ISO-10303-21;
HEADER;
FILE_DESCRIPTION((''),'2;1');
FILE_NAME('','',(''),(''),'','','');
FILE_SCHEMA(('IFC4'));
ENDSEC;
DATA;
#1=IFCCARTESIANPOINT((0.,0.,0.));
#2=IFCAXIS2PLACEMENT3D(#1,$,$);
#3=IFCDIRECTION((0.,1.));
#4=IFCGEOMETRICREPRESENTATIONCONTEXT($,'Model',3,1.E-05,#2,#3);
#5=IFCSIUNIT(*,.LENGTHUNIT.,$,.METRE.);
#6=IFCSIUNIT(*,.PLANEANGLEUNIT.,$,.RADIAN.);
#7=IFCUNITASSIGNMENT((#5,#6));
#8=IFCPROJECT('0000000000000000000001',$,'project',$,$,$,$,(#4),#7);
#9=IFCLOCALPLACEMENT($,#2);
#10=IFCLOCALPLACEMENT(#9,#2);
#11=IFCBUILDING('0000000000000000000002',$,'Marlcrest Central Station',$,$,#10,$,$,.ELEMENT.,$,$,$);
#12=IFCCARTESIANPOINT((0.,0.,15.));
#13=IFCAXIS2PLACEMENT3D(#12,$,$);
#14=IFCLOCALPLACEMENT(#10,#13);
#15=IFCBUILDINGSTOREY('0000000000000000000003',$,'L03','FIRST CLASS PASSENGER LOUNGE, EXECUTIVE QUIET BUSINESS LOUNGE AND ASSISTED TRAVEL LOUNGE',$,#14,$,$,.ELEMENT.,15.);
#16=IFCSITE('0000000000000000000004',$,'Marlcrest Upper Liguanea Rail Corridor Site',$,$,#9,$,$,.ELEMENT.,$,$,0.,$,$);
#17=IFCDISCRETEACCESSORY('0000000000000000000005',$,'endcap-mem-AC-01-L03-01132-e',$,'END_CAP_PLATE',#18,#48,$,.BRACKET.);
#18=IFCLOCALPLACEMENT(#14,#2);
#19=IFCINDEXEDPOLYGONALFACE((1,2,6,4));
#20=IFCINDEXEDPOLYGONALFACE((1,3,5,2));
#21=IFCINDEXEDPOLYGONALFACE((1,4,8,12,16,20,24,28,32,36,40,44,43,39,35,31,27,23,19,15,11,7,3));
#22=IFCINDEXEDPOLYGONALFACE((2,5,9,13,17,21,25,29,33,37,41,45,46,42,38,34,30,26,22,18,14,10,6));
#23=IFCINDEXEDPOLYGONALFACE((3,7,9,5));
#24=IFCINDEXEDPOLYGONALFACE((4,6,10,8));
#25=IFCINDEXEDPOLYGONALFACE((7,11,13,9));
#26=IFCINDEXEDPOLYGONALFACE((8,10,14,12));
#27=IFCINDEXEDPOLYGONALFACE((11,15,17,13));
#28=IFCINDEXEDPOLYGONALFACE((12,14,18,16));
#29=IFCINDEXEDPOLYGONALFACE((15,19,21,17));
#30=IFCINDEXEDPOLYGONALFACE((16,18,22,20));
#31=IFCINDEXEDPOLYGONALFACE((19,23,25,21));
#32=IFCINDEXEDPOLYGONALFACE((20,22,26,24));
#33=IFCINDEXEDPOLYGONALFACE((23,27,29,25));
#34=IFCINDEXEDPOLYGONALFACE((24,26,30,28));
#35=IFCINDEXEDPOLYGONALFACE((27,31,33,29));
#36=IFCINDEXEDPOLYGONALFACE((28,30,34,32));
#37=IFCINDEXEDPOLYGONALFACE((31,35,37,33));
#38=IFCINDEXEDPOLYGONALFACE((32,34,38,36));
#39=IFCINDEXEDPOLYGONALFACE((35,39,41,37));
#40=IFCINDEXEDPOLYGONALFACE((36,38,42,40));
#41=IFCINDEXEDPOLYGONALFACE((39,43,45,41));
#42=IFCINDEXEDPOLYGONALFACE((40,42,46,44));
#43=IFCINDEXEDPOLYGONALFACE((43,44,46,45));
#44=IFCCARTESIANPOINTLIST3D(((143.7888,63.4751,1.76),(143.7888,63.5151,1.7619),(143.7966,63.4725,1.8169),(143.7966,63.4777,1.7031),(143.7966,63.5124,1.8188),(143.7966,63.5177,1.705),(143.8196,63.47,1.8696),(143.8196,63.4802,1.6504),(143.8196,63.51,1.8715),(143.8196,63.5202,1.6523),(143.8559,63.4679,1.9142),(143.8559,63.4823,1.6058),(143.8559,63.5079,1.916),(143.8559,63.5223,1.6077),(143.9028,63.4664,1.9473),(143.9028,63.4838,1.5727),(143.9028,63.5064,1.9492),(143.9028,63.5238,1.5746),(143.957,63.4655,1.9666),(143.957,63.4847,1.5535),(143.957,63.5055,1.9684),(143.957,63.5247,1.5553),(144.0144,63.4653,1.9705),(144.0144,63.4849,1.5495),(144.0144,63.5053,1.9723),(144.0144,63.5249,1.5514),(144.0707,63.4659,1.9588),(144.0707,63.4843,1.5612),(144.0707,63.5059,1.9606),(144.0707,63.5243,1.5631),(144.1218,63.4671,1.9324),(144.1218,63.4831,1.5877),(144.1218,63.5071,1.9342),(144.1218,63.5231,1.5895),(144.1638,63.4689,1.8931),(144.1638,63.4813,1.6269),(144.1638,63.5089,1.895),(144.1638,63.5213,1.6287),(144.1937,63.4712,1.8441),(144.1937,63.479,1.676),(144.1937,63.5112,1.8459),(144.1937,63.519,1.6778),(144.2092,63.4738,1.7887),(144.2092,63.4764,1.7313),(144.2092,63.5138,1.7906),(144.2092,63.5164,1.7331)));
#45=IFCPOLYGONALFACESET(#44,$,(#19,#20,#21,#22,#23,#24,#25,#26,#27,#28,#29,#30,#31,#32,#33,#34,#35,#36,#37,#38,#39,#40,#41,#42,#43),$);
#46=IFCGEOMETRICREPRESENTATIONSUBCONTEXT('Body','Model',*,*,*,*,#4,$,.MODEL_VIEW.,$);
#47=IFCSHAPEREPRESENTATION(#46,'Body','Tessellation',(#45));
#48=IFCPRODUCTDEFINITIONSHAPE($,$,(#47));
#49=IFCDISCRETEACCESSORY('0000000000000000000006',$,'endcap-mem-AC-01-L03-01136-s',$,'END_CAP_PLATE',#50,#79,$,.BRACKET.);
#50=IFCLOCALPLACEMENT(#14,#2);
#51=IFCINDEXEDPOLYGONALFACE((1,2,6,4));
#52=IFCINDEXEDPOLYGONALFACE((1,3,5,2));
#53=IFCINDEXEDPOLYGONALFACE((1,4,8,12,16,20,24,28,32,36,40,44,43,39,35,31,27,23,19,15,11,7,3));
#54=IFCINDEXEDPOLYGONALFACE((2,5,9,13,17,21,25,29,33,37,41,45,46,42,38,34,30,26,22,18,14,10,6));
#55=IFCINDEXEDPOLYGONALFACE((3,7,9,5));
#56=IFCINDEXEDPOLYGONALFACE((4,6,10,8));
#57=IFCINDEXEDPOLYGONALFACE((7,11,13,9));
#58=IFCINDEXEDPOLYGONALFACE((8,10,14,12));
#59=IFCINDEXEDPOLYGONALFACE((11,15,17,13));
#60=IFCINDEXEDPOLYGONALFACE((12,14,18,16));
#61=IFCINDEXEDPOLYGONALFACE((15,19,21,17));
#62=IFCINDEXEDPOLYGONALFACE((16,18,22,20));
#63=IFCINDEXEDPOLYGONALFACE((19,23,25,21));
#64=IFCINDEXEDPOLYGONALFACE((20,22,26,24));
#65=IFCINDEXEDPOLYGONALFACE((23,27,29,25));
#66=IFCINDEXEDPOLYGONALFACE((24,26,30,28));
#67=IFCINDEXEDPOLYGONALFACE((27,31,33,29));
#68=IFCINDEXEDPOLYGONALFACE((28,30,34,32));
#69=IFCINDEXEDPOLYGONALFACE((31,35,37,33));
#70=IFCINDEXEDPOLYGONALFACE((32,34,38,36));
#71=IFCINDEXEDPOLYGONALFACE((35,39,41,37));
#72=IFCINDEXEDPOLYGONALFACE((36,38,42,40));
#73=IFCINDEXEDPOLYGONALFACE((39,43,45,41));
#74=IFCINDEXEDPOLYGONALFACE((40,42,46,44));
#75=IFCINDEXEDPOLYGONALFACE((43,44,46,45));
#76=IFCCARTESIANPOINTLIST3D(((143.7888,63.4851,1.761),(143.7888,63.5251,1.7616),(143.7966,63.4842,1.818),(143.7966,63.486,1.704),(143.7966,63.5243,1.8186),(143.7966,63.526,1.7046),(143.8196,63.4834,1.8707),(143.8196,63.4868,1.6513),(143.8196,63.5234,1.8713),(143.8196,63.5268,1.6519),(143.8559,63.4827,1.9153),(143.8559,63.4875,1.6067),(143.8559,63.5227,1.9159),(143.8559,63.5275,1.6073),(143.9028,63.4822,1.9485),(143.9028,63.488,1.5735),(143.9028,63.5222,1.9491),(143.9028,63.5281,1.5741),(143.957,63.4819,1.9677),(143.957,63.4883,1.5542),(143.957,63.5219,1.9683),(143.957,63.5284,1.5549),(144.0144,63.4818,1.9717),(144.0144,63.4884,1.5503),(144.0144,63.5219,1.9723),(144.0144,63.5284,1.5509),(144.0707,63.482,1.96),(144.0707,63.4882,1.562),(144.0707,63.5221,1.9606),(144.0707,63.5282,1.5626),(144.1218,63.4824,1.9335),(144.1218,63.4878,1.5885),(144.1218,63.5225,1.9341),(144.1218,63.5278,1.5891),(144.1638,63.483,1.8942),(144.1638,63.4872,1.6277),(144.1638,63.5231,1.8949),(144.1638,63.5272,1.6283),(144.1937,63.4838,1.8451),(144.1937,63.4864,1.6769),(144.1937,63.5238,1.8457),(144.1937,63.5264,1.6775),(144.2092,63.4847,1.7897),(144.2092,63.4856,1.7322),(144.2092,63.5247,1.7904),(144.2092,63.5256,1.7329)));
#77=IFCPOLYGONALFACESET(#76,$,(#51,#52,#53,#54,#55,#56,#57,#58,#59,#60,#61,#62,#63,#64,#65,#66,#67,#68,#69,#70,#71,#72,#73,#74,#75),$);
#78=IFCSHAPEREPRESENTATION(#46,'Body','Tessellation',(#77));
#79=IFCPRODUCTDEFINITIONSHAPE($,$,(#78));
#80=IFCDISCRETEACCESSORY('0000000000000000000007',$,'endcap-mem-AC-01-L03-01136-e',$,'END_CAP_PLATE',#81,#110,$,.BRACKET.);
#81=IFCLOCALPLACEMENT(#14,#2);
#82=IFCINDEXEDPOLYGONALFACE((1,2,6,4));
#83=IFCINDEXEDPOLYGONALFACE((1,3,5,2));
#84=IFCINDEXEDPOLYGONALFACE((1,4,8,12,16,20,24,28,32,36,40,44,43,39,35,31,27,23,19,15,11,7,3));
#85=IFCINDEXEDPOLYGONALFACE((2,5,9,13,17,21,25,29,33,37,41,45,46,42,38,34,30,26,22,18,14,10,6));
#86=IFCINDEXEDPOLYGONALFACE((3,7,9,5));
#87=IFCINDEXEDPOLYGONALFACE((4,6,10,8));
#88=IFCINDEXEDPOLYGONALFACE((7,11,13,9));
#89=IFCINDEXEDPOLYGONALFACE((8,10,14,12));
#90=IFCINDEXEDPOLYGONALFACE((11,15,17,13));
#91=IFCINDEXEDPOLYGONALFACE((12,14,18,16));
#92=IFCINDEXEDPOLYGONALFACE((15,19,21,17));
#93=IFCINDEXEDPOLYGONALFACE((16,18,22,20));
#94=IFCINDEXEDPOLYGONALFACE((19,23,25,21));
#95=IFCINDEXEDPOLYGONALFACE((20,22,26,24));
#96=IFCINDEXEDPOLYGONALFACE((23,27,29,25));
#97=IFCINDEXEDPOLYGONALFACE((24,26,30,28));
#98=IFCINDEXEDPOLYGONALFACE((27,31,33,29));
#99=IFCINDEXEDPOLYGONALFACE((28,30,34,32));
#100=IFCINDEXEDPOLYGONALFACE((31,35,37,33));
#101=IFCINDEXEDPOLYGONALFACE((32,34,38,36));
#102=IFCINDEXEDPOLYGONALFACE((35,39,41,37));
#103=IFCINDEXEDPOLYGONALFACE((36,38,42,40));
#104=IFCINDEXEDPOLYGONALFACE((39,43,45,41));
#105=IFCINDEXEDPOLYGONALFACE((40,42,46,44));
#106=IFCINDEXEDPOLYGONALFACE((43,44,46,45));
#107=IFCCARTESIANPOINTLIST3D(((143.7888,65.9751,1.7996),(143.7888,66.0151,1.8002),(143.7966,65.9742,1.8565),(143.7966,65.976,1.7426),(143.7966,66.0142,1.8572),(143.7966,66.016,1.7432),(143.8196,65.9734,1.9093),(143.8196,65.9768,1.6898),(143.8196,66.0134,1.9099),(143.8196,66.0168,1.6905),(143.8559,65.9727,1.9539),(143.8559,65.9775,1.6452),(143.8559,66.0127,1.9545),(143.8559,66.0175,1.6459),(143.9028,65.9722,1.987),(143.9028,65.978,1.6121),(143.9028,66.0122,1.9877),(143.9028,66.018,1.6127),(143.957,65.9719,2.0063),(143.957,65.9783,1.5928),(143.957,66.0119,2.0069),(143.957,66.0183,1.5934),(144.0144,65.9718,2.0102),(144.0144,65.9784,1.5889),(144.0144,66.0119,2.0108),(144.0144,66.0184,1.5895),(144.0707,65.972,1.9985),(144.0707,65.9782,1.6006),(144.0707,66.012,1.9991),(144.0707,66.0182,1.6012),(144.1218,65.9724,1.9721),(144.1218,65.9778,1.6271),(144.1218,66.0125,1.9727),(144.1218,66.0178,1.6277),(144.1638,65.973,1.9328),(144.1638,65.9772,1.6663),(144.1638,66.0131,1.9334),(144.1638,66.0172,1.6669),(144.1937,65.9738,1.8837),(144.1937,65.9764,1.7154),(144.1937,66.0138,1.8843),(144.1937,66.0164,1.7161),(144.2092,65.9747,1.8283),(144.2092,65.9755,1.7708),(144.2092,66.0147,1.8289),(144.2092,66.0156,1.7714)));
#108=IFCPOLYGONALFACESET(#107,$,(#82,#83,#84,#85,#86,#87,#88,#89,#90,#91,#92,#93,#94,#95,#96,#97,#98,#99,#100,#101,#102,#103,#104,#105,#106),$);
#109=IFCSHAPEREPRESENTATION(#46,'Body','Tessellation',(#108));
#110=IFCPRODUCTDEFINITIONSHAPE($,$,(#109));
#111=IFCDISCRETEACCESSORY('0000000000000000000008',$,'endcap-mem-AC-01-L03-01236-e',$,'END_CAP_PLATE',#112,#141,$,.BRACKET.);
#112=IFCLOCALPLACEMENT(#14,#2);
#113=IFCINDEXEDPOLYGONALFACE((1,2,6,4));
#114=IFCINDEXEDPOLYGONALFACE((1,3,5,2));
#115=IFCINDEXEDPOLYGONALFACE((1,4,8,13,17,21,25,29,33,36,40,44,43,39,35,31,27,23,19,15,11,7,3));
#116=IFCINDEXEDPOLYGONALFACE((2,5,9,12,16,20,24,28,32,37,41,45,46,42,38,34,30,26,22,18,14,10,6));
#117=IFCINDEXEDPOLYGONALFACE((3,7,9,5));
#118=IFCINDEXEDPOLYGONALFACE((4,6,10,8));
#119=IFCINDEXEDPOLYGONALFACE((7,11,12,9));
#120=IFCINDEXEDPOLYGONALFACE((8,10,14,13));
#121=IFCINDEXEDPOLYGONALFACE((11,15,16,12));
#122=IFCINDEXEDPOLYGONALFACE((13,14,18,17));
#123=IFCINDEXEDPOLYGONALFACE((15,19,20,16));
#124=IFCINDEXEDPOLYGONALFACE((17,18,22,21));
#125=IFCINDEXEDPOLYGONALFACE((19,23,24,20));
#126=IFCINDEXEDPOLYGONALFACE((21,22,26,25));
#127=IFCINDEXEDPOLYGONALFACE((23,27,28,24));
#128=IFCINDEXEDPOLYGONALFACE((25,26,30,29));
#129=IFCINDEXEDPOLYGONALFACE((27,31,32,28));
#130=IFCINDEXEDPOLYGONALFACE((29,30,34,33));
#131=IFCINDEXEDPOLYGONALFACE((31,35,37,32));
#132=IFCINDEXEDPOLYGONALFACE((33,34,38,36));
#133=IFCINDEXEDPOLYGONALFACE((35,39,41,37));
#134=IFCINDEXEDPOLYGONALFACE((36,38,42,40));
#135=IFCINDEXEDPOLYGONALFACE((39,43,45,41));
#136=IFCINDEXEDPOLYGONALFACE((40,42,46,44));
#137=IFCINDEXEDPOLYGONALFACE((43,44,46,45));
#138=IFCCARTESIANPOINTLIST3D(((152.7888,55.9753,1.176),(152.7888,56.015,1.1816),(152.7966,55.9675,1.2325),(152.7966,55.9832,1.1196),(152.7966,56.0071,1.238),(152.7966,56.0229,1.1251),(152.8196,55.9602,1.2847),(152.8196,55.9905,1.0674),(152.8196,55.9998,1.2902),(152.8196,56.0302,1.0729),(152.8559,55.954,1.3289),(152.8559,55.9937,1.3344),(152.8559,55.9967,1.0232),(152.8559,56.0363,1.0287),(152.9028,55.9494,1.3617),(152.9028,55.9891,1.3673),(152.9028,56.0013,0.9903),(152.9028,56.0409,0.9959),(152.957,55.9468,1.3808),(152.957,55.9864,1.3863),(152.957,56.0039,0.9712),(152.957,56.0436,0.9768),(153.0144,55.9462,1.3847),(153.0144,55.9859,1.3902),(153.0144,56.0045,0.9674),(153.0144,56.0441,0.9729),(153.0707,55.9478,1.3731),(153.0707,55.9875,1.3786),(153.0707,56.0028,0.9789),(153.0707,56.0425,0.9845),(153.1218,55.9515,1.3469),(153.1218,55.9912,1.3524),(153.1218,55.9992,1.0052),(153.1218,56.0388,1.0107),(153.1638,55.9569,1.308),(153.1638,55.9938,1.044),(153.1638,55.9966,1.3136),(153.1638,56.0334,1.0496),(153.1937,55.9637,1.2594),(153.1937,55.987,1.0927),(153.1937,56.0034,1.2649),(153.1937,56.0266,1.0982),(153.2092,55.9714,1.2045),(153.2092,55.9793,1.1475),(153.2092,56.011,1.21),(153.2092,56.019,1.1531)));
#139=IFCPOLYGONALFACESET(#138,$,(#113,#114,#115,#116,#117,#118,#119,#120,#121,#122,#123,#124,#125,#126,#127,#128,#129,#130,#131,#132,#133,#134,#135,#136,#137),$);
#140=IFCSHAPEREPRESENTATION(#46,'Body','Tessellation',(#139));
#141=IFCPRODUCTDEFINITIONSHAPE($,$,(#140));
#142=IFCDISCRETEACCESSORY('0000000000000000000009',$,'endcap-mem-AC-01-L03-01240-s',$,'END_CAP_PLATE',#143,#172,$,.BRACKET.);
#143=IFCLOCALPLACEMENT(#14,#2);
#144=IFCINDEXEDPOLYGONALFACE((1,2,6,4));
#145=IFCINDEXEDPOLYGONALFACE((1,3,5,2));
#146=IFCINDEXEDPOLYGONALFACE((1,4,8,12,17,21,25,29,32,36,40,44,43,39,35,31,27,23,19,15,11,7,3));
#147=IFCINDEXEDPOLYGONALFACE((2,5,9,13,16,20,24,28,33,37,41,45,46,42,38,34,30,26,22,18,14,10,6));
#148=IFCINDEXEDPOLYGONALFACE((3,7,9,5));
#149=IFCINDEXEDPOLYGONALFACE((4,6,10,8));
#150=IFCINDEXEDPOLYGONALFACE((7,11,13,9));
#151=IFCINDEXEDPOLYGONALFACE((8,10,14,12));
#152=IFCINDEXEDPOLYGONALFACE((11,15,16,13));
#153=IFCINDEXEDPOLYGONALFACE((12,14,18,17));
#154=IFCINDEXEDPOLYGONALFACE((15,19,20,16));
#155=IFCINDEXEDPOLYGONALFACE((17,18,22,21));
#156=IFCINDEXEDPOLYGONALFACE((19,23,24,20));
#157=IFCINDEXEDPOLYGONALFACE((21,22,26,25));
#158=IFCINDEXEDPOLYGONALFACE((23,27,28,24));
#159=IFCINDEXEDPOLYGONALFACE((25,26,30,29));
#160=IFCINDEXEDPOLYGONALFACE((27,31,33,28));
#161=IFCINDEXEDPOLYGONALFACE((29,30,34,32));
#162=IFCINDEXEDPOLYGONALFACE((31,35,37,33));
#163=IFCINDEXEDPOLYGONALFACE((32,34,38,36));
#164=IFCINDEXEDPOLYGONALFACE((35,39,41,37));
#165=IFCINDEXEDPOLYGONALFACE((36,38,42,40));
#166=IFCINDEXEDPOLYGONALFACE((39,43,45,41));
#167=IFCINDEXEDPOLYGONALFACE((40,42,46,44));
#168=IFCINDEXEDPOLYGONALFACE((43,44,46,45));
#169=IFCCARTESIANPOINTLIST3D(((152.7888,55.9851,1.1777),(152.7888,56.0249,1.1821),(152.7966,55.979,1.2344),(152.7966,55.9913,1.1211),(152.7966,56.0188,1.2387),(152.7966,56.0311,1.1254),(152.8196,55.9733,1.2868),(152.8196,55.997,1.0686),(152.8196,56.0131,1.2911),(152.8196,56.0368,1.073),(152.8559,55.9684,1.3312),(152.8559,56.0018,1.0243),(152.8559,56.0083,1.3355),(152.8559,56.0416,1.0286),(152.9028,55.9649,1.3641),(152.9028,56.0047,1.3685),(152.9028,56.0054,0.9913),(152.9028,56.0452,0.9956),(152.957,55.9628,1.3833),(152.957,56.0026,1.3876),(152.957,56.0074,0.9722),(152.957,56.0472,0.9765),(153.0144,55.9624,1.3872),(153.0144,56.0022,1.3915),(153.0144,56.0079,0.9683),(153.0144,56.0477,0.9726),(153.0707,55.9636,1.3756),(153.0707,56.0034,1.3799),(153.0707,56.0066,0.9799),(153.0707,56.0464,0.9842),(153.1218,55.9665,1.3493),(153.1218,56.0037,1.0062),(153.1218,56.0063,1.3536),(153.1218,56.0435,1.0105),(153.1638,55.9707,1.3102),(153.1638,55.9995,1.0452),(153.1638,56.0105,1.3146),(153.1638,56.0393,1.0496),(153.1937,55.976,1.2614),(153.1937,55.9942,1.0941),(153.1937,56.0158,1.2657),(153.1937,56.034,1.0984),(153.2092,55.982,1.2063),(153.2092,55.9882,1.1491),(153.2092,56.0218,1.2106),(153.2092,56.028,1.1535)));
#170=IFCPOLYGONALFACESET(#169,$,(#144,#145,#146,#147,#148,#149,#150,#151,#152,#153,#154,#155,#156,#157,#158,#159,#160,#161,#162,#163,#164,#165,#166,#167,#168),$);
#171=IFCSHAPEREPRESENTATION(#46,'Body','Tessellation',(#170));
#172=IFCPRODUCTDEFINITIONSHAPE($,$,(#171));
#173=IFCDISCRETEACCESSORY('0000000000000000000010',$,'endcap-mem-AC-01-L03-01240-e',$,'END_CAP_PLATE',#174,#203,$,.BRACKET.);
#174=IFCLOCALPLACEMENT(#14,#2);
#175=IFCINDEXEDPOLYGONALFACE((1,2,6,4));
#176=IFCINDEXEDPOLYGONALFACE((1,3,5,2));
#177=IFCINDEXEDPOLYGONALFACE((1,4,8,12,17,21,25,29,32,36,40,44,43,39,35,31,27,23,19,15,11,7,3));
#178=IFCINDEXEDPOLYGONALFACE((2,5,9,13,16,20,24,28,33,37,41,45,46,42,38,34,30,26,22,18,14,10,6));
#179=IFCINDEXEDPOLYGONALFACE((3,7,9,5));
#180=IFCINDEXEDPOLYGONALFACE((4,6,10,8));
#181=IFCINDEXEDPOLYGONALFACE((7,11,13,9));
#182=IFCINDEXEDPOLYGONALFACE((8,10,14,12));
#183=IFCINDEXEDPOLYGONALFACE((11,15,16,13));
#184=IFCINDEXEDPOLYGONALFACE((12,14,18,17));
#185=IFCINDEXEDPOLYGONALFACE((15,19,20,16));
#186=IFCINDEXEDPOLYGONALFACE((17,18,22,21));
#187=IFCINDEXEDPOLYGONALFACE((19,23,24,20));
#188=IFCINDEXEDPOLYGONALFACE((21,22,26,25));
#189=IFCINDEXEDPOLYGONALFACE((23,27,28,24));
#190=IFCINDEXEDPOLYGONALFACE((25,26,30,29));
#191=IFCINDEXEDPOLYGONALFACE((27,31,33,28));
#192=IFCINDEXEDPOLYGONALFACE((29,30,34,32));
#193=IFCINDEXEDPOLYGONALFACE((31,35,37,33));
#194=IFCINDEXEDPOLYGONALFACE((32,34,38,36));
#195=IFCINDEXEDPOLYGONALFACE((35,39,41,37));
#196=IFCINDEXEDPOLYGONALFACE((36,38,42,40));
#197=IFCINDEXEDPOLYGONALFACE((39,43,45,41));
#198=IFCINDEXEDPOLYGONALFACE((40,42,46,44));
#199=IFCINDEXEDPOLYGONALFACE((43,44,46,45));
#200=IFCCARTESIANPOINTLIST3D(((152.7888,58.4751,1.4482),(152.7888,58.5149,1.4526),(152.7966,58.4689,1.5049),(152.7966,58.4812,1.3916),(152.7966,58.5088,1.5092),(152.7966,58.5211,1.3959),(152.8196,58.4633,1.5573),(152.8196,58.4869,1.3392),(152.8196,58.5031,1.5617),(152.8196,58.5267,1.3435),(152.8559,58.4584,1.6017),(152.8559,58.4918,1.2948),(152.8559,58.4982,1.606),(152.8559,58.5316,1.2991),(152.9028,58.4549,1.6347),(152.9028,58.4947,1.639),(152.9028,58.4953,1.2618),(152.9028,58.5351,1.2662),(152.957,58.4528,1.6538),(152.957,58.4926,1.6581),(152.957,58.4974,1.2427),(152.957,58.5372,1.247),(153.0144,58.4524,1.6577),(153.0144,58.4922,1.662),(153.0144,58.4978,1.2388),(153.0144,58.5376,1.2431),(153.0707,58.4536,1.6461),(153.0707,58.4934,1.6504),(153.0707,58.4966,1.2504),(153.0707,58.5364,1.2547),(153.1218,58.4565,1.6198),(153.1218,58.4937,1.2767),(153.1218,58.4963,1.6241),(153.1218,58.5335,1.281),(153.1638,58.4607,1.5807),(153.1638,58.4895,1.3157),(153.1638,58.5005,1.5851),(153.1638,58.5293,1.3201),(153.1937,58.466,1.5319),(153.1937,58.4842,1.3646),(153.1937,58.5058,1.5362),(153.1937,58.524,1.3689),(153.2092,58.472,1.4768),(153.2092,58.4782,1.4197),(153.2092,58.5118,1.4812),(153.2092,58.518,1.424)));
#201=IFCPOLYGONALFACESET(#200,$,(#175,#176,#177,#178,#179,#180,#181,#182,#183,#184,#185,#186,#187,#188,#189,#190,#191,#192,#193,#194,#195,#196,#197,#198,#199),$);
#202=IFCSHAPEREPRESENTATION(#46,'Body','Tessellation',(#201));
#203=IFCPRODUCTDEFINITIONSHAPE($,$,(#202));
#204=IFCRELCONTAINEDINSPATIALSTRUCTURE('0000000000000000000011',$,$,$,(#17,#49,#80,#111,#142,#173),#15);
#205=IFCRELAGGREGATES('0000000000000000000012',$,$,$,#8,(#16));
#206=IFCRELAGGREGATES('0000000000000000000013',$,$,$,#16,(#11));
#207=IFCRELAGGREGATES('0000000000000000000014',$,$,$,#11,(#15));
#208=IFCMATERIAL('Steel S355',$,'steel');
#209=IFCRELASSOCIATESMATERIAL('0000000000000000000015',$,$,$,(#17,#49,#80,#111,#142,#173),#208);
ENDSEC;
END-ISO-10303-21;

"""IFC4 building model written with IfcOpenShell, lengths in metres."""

from ifc_helpers import new_model, si_unit, direction, frame, origin, origin_2d, place, context, subcontext, project, spatial, circle, extrude, material, element, save


model = new_model("IFC4")

# Units and contexts
model_context = context("Model", 3, precision=1e-05, world=origin(), true_north=direction((0.0, 1.0)))
body_context = subcontext(model_context, "Body", "Model", "MODEL_VIEW")
ifc_project = project(units=[si_unit("LENGTHUNIT", "METRE"), si_unit("PLANEANGLEUNIT", "RADIAN")], contexts=[model_context])

# Site, building, storey
site_placement = place(None, origin())
site = spatial("IfcSite", under=ifc_project, at=site_placement, Name="Marlcrest Upper Liguanea Rail Corridor Site", CompositionType="ELEMENT", RefElevation=0.0)
building_placement = place(site_placement, origin())
building = spatial("IfcBuilding", under=site, at=building_placement, Name="Marlcrest Central Station", CompositionType="ELEMENT")
storey_placement = place(building_placement, frame((0.0, 0.0, 15.0)))
storey = spatial("IfcBuildingStorey", under=building, at=storey_placement, Name="L03", Description="FIRST CLASS PASSENGER LOUNGE, EXECUTIVE QUIET BUSINESS LOUNGE AND ASSISTED TRAVEL LOUNGE", CompositionType="ELEMENT", Elevation=15.0)

# Shared definitions
ifc_material_1 = material(Name="Steel S355", Category="steel")

# Discrete accessories
for number, where, z_axis, x_axis, name in (
    (1, (144.0, 63.4751, 1.76), (0.0, 0.998921, 0.046434), (-1.0, 0.0, 0.0), "endcap-mem-AC-01-L03-01132-e"),
    (2, (144.0, 63.4851, 1.761), (0.0, 0.999879, 0.015525), (-1.0, 0.0, 0.0), "endcap-mem-AC-01-L03-01136-s"),
    (3, (144.0, 65.9751, 1.7996), (0.0, 0.999879, 0.015525), (-1.0, 0.0, 0.0), "endcap-mem-AC-01-L03-01136-e"),
    (4, (153.0, 55.9753, 1.176), (0.0, 0.990403, 0.138211), (-1.0, 0.0, 0.0), "endcap-mem-AC-01-L03-01236-e"),
    (5, (153.0, 55.9851, 1.1777), (0.0, 0.994155, 0.107959), (-1.0, 0.0, 0.0), "endcap-mem-AC-01-L03-01240-s"),
    (6, (153.0, 58.4751, 1.4482), (0.0, 0.994155, 0.107959), (-1.0, 0.0, 0.0), "endcap-mem-AC-01-L03-01240-e"),
):
    element("IfcDiscreteAccessory", number, at=place(storey_placement, frame(where, z_axis=z_axis, x_axis=x_axis)), inside=storey, material=ifc_material_1, Name=name, ObjectType="END_CAP_PLATE", PredefinedType="BRACKET", context=body_context, shape_type="SweptSolid", body=[
        extrude(circle(Radius=0.2112, at=origin_2d()), origin(), (0.0, 0.0, 1.0), 0.04),
    ])

save(model, "model.ifc")
